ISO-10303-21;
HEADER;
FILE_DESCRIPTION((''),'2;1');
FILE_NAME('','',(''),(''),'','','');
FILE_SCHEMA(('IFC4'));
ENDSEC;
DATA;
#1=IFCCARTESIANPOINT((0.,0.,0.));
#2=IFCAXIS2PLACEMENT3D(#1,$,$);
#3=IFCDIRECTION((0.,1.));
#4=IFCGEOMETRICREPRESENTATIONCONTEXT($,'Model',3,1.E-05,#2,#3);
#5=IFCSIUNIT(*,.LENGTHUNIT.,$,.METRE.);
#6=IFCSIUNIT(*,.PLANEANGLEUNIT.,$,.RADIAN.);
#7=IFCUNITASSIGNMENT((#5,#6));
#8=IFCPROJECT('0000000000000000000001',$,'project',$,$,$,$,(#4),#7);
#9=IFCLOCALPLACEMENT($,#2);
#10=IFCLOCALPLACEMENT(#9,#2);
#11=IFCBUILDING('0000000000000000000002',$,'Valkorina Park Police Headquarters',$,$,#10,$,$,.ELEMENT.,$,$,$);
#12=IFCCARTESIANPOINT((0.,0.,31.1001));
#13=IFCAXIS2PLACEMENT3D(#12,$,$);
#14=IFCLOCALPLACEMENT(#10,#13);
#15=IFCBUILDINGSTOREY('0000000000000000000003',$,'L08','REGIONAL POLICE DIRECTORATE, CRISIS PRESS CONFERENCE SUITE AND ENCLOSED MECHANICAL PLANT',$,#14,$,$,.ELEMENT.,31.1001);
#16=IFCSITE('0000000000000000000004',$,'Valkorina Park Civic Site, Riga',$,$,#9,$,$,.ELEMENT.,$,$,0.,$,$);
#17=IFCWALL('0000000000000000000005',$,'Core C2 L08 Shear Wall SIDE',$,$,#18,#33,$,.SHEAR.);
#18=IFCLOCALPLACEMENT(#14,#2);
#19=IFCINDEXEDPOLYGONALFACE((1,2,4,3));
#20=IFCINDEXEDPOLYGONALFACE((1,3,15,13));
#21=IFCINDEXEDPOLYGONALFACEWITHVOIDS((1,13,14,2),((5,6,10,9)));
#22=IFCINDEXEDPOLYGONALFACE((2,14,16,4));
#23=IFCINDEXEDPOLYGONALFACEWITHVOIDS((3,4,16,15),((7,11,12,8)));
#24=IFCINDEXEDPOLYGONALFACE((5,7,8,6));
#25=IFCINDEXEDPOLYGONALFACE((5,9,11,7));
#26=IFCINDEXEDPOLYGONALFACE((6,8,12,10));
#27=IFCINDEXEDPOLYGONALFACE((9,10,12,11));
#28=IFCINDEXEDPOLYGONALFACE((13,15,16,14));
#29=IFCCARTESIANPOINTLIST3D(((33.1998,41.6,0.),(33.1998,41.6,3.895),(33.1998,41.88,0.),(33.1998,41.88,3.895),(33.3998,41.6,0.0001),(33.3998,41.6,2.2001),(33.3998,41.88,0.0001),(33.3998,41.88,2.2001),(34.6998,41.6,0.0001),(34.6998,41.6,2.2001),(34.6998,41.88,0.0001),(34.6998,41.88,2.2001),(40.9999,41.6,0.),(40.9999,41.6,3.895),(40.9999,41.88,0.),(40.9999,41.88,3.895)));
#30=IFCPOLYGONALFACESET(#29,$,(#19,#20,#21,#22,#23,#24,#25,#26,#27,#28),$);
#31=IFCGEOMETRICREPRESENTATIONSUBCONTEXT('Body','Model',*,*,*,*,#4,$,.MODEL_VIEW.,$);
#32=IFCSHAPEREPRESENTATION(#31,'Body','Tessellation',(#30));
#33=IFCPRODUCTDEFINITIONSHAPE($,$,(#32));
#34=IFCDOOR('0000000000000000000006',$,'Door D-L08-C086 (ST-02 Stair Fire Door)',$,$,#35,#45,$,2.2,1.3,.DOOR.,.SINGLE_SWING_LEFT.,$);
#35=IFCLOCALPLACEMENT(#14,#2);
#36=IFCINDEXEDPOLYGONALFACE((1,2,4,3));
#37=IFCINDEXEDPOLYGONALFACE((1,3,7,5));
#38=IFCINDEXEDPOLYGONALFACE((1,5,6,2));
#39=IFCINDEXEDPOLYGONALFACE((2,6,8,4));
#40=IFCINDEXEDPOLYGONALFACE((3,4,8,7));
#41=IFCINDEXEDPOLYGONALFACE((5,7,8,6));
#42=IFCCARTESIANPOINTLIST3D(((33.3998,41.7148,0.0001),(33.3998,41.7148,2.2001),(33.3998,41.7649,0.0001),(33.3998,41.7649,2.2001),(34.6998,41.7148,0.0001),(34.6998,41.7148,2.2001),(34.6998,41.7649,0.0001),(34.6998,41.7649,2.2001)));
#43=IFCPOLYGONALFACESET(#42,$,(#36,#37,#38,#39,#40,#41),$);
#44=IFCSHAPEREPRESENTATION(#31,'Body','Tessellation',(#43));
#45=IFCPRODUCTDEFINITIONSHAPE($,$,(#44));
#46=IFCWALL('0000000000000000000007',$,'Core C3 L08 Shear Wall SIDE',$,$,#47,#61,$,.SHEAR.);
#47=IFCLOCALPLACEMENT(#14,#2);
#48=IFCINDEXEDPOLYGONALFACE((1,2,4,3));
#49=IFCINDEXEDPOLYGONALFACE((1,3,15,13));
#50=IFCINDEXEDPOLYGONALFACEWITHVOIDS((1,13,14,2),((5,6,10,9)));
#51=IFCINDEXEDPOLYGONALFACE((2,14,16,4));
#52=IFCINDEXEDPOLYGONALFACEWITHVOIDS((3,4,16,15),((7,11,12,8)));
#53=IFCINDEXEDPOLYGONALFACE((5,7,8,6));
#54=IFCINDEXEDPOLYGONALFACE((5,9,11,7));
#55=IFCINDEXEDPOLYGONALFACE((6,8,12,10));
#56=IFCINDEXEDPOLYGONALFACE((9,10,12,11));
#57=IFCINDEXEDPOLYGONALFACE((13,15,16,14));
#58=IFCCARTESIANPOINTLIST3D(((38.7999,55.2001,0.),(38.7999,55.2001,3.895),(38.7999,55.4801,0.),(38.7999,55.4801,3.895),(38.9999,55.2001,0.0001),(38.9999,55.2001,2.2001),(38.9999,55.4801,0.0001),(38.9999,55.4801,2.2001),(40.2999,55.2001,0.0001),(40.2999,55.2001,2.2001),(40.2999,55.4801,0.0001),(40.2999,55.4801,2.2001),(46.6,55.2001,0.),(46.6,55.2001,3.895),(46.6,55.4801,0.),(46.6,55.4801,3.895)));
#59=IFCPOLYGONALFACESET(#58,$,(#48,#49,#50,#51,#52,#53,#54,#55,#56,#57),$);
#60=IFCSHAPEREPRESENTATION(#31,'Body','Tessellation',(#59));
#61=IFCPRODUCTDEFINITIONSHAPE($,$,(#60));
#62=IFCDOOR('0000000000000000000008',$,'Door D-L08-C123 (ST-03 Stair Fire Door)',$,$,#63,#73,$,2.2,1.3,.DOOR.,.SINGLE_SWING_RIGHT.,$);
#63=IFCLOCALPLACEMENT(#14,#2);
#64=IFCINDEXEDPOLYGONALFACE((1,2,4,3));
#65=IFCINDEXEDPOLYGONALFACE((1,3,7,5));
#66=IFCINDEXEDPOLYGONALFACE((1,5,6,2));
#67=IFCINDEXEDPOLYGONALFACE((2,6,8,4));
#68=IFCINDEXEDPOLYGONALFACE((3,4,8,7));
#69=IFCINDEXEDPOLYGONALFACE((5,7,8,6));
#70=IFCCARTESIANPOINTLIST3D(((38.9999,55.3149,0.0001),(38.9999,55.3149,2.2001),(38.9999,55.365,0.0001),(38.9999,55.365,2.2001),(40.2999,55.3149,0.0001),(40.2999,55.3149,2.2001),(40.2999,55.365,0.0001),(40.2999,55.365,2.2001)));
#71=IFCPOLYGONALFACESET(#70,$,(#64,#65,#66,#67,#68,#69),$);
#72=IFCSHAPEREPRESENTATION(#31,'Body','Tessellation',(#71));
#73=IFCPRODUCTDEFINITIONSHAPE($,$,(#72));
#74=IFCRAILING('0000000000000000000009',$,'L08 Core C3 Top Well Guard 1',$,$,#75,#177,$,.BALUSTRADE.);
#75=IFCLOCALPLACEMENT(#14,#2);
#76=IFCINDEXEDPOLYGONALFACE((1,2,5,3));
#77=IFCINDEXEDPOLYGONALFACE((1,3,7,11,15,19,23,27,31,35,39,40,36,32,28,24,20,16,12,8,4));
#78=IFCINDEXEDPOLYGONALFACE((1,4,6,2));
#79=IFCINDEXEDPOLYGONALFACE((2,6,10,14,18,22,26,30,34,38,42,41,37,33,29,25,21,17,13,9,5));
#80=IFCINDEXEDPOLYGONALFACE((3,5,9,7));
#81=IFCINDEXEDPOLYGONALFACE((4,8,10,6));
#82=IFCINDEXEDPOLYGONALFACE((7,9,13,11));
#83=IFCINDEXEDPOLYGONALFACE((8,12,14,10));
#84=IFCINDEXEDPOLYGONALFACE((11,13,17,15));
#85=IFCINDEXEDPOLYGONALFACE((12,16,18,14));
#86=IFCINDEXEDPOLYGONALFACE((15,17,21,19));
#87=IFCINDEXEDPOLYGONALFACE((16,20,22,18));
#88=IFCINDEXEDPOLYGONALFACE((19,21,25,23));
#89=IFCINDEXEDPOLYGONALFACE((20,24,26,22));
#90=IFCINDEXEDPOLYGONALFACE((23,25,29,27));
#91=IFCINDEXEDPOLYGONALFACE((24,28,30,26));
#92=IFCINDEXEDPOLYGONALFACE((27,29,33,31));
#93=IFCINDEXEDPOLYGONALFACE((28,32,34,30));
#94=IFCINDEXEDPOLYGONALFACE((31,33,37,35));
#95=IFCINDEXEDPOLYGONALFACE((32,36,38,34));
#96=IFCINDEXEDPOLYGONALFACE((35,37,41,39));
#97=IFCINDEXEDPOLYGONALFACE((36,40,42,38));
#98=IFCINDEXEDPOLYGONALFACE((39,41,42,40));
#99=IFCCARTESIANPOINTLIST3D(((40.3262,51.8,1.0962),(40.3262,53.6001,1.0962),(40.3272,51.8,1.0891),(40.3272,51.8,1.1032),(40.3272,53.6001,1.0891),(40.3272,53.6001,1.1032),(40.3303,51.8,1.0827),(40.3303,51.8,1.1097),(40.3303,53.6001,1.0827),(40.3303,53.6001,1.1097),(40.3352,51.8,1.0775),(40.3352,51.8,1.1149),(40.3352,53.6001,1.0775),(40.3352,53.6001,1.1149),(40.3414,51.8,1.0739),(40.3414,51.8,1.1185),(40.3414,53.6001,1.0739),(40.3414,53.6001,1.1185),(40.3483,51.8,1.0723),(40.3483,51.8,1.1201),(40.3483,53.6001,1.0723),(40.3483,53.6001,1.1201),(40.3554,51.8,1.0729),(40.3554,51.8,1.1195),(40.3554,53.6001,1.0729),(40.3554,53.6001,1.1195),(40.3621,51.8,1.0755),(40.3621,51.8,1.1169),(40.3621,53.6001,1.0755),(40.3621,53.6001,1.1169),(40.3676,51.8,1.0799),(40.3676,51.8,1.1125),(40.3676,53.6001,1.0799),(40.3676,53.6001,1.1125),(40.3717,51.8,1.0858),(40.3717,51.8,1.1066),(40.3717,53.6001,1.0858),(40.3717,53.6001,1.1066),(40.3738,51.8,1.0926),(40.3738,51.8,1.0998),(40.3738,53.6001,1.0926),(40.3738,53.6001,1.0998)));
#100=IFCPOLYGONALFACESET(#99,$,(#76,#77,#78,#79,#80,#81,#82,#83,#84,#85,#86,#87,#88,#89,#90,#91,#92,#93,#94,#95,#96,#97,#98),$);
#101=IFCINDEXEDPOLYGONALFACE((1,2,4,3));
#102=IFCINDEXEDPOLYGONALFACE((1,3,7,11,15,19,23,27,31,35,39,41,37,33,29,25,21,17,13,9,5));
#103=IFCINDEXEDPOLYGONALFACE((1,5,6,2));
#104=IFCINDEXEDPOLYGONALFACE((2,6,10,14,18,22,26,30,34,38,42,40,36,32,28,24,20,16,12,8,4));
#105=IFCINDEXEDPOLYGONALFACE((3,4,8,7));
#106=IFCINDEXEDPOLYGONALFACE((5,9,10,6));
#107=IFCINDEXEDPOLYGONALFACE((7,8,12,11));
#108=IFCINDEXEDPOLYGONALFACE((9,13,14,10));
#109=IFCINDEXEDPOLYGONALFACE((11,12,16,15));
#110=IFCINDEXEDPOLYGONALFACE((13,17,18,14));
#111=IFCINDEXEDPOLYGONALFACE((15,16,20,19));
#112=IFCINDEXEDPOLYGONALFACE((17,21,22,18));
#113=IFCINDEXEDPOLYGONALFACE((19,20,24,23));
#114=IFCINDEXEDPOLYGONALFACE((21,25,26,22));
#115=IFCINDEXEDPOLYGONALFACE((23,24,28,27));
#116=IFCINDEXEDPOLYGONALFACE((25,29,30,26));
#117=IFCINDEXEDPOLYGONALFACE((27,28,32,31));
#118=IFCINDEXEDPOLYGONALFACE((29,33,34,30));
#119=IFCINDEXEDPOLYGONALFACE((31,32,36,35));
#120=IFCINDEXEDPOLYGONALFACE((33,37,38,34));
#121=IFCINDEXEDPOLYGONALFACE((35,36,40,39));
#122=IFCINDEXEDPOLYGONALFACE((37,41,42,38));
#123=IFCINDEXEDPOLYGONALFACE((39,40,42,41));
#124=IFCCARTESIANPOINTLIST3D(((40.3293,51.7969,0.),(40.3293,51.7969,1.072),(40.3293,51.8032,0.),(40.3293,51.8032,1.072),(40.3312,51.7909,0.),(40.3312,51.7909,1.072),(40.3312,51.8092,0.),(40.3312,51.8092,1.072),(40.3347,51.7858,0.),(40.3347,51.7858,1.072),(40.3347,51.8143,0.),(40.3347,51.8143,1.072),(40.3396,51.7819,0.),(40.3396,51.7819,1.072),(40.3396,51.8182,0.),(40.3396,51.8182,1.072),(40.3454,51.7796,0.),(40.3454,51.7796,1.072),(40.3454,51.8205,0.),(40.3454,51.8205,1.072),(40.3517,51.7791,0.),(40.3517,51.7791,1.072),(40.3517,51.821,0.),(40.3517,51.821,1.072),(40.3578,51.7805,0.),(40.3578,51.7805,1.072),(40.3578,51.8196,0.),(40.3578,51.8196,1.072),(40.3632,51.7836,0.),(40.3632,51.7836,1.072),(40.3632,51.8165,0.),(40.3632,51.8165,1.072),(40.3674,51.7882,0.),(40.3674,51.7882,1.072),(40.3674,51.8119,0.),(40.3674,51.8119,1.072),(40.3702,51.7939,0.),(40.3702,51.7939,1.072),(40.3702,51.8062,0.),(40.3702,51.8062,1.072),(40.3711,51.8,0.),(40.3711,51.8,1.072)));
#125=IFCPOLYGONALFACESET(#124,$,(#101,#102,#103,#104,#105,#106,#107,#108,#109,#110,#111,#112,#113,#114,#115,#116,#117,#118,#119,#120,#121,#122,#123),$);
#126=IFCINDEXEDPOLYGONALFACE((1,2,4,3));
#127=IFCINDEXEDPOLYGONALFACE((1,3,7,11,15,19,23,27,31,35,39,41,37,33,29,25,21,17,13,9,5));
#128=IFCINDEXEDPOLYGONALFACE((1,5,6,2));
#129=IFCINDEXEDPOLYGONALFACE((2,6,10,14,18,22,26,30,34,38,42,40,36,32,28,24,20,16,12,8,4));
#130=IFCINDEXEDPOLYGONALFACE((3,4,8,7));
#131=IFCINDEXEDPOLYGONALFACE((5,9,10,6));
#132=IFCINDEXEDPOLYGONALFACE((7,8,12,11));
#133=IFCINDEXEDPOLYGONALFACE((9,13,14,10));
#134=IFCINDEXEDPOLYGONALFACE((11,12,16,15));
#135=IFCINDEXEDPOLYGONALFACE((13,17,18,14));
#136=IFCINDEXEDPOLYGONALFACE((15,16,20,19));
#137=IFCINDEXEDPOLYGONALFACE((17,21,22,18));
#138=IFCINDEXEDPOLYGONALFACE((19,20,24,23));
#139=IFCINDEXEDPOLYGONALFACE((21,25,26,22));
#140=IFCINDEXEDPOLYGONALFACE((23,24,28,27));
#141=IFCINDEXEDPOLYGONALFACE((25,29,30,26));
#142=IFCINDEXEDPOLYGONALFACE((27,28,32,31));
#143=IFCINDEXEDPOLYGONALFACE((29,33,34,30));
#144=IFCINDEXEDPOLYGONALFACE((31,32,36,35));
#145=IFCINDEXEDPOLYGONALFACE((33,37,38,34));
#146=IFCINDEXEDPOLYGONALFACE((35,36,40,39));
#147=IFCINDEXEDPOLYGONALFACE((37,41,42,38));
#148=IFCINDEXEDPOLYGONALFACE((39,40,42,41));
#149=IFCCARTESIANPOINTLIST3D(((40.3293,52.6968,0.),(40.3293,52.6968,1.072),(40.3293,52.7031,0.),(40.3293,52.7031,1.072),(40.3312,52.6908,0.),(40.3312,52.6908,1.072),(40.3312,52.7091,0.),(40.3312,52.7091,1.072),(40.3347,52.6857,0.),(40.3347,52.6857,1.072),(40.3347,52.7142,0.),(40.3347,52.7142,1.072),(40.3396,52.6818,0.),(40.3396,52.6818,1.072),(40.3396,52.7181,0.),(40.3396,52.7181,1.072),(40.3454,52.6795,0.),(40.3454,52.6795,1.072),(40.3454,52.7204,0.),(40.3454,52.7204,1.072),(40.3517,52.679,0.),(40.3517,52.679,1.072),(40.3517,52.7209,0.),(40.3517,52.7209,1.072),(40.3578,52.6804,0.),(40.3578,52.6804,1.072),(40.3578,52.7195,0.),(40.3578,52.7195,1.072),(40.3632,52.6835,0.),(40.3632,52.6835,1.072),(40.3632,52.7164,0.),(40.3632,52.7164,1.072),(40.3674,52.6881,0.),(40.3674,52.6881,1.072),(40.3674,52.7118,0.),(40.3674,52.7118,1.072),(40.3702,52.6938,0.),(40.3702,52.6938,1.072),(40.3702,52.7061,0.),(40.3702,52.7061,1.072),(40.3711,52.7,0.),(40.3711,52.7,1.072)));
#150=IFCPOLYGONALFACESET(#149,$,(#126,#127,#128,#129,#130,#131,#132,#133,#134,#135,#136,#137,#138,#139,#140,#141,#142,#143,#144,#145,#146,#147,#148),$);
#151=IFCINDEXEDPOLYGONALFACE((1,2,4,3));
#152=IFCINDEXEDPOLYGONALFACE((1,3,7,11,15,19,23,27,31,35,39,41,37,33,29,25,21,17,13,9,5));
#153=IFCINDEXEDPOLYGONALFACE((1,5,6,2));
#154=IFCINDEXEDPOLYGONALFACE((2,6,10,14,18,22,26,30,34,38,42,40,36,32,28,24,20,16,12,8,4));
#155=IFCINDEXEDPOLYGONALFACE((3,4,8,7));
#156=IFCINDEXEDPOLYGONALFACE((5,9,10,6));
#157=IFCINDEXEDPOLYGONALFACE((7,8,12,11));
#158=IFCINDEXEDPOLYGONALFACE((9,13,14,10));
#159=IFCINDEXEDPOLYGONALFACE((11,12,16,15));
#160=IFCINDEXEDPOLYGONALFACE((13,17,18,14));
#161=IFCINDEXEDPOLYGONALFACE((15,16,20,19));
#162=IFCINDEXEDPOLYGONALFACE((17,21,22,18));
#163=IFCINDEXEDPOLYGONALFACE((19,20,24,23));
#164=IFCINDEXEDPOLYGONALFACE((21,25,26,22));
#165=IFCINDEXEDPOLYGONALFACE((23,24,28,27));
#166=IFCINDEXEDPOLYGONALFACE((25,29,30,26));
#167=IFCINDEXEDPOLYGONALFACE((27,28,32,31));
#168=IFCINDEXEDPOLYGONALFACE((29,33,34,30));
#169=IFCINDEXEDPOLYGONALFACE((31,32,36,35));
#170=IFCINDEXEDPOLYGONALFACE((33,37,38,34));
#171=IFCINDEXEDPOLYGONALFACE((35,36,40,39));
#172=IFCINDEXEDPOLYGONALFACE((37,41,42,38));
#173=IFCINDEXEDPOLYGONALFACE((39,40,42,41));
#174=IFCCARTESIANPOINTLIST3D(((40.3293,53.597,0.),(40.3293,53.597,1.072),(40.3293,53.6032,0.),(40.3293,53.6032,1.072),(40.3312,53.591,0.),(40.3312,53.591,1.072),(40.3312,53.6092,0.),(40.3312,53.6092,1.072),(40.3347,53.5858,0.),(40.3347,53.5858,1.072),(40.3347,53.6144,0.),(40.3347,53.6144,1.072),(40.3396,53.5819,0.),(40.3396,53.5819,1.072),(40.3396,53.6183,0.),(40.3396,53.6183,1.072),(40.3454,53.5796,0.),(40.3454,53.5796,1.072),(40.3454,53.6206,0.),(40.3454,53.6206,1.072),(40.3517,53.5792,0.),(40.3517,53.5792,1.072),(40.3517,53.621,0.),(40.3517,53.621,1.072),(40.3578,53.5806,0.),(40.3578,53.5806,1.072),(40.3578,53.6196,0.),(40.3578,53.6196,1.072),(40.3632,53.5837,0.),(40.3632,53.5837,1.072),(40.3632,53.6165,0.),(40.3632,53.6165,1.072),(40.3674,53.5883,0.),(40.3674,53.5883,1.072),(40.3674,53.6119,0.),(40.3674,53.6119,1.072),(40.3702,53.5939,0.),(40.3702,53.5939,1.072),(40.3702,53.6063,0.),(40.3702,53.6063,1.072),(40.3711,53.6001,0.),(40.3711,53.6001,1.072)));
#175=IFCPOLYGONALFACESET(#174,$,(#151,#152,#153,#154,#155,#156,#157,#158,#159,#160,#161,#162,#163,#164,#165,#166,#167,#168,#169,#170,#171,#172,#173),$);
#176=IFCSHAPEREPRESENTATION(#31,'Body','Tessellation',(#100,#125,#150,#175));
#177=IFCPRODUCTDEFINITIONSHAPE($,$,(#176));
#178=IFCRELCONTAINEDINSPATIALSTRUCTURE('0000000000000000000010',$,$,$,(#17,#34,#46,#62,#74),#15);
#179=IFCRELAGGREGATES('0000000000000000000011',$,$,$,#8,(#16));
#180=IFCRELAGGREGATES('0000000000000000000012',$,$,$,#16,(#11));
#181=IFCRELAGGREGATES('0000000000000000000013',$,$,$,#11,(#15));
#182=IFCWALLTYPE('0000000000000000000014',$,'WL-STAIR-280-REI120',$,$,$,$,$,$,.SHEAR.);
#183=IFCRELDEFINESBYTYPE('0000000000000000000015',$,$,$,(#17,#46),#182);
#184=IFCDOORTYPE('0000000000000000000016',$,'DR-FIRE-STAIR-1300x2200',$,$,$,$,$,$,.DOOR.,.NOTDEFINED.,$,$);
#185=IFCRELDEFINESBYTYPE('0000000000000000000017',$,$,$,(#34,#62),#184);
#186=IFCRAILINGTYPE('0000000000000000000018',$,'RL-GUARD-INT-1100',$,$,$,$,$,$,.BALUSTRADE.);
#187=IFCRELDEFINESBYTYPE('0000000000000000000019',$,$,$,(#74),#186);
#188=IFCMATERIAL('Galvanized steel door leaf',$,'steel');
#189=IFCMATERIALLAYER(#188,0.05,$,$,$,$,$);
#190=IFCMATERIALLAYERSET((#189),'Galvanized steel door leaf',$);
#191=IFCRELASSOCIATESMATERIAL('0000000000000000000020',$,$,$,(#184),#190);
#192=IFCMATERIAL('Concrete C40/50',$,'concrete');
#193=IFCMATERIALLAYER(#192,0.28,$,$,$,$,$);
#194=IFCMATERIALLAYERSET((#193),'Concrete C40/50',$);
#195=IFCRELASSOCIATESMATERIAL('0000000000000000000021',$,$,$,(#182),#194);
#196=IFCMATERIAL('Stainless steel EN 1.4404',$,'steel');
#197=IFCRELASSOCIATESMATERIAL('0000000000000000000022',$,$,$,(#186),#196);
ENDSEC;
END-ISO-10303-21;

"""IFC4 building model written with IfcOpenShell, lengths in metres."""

from ifc_helpers import new_model, si_unit, direction, frame, frame_2d, origin, origin_2d, place, context, subcontext, project, spatial, rectangle, circle, extrude, material, layer, layer_set, type_object, element, fill, save


model = new_model("IFC4")

# Units and contexts
model_context = context("Model", 3, precision=1e-05, world=origin(), true_north=direction((0.0, 1.0)))
body_context = subcontext(model_context, "Body", "Model", "MODEL_VIEW")
ifc_project = project(units=[si_unit("LENGTHUNIT", "METRE"), si_unit("PLANEANGLEUNIT", "RADIAN")], contexts=[model_context])

# Site, building, storey
site_placement = place(None, origin())
site = spatial("IfcSite", under=ifc_project, at=site_placement, Name="Valkorina Park Civic Site, Riga", CompositionType="ELEMENT", RefElevation=0.0)
building_placement = place(site_placement, origin())
building = spatial("IfcBuilding", under=site, at=building_placement, Name="Valkorina Park Police Headquarters", CompositionType="ELEMENT")
storey_placement = place(building_placement, frame((0.0, 0.0, 31.1001)))
storey = spatial("IfcBuildingStorey", under=building, at=storey_placement, Name="L08", Description="REGIONAL POLICE DIRECTORATE, CRISIS PRESS CONFERENCE SUITE AND ENCLOSED MECHANICAL PLANT", CompositionType="ELEMENT", Elevation=31.1001)

# Shared definitions
ifc_material_1 = material(Name="Stainless steel EN 1.4404", Category="steel")
ifc_material_2 = material(Name="Concrete C40/50", Category="concrete")
ifc_material_3 = material(Name="Galvanized steel door leaf", Category="steel")
ifc_layer_1 = layer(ifc_material_3, 0.05)
ifc_layer_set_1 = layer_set([ifc_layer_1], Name="Galvanized steel door leaf")
door_type_1 = type_object("IfcDoorType", Name="DR-FIRE-STAIR-1300x2200", OperationType="NOTDEFINED", PredefinedType="DOOR", material=ifc_layer_set_1)

# Walls, openings, doors
ifc_layer_2 = layer(ifc_material_2, 0.28)
ifc_layer_set_2 = layer_set([ifc_layer_2], Name="Concrete C40/50")
wall_type_1 = type_object("IfcWallType", Name="WL-STAIR-280-REI120", PredefinedType="SHEAR", material=ifc_layer_set_2)
wall_1_placement = place(storey_placement, frame((33.2, 41.74, 0.0), z_axis=(0.0, 0.0, 1.0), x_axis=(1.0, 0.0, 0.0)))
wall_1 = element("IfcWall", 1, at=wall_1_placement, inside=storey, type_object=wall_type_1, Name="Core C2 L08 Shear Wall SIDE", PredefinedType="SHEAR", context=body_context, shape_type="SweptSolid", body=[
    extrude(rectangle(XDim=7.8, YDim=0.28, at=frame_2d((3.8999, 0.0))), origin(), (0.0, 0.0, 1.0), 3.895),
])
opening_1_placement = place(wall_1_placement, frame((0.2, 0.0, 0.0)))
opening_1 = element("IfcOpeningElement", 2, at=opening_1_placement, cuts=wall_1, PredefinedType="OPENING", context=body_context, shape_type="SweptSolid", body=[
    extrude(rectangle(XDim=1.3, YDim=2.2, at=frame_2d((0.6499, 1.1001))), frame((0.0, 0.1499, 0.0), z_axis=(0.0, -1.0, 0.0), x_axis=(1.0, 0.0, 0.0)), (0.0, 0.0, 1.0), 0.3),
])
door_1_placement = place(opening_1_placement, origin())
door_1 = element("IfcDoor", 3, at=door_1_placement, inside=storey, type_object=door_type_1, Name="Door D-L08-C086 (ST-02 Stair Fire Door)", OperationType="SINGLE_SWING_LEFT", OverallHeight=2.2, OverallWidth=1.3, PredefinedType="DOOR", context=body_context, shape_type="SweptSolid", body=[
    extrude(rectangle(XDim=1.3, YDim=2.2, at=frame_2d((0.6499, 1.1001))), frame((0.0, 0.0249, 0.0), z_axis=(0.0, -1.0, 0.0), x_axis=(1.0, 0.0, 0.0)), (0.0, 0.0, 1.0), 0.05),
])
fill(opening_1, door_1)
wall_2_placement = place(storey_placement, frame((38.8, 55.3401, 0.0), z_axis=(0.0, 0.0, 1.0), x_axis=(1.0, 0.0, 0.0)))
wall_2 = element("IfcWall", 4, at=wall_2_placement, inside=storey, type_object=wall_type_1, Name="Core C3 L08 Shear Wall SIDE", PredefinedType="SHEAR", context=body_context, shape_type="SweptSolid", body=[
    extrude(rectangle(XDim=7.8, YDim=0.28, at=frame_2d((3.8999, 0.0))), origin(), (0.0, 0.0, 1.0), 3.895),
])
opening_2_placement = place(wall_2_placement, frame((0.2, 0.0, 0.0)))
opening_2 = element("IfcOpeningElement", 5, at=opening_2_placement, cuts=wall_2, PredefinedType="OPENING", context=body_context, shape_type="SweptSolid", body=[
    extrude(rectangle(XDim=1.3, YDim=2.2, at=frame_2d((0.6499, 1.1001))), frame((0.0, 0.1499, 0.0), z_axis=(0.0, -1.0, 0.0), x_axis=(1.0, 0.0, 0.0)), (0.0, 0.0, 1.0), 0.3),
])
door_2_placement = place(opening_2_placement, origin())
door_2 = element("IfcDoor", 6, at=door_2_placement, inside=storey, type_object=door_type_1, Name="Door D-L08-C123 (ST-03 Stair Fire Door)", OperationType="SINGLE_SWING_RIGHT", OverallHeight=2.2, OverallWidth=1.3, PredefinedType="DOOR", context=body_context, shape_type="SweptSolid", body=[
    extrude(rectangle(XDim=1.3, YDim=2.2, at=frame_2d((0.6499, 1.1001))), frame((0.0, 0.0249, 0.0), z_axis=(0.0, -1.0, 0.0), x_axis=(1.0, 0.0, 0.0)), (0.0, 0.0, 1.0), 0.05),
])
fill(opening_2, door_2)

# Railing
railing_type = type_object("IfcRailingType", Name="RL-GUARD-INT-1100", PredefinedType="BALUSTRADE", material=ifc_material_1)
railing_placement = place(storey_placement, frame((40.3501, 51.8, 0.0)))
element("IfcRailing", 7, at=railing_placement, inside=storey, type_object=railing_type, Name="L08 Core C3 Top Well Guard 1", PredefinedType="BALUSTRADE", context=body_context, shape_type="SweptSolid", body=[
    extrude(circle(Radius=0.0239, at=origin_2d()), frame((0.0, 0.0, 1.0962), z_axis=(0.0, 1.0, 0.0), x_axis=(-1.0, 0.0, 0.0)), (0.0, 0.0, 1.0), 1.8),
    extrude(circle(Radius=0.021, at=origin_2d()), origin(), (0.0, 0.0, 1.0), 1.072),
    extrude(circle(Radius=0.021, at=origin_2d()), frame((0.0, 0.8999, 0.0)), (0.0, 0.0, 1.0), 1.072),
    extrude(circle(Radius=0.021, at=origin_2d()), frame((0.0, 1.8, 0.0)), (0.0, 0.0, 1.0), 1.072),
])

save(model, "model.ifc")
